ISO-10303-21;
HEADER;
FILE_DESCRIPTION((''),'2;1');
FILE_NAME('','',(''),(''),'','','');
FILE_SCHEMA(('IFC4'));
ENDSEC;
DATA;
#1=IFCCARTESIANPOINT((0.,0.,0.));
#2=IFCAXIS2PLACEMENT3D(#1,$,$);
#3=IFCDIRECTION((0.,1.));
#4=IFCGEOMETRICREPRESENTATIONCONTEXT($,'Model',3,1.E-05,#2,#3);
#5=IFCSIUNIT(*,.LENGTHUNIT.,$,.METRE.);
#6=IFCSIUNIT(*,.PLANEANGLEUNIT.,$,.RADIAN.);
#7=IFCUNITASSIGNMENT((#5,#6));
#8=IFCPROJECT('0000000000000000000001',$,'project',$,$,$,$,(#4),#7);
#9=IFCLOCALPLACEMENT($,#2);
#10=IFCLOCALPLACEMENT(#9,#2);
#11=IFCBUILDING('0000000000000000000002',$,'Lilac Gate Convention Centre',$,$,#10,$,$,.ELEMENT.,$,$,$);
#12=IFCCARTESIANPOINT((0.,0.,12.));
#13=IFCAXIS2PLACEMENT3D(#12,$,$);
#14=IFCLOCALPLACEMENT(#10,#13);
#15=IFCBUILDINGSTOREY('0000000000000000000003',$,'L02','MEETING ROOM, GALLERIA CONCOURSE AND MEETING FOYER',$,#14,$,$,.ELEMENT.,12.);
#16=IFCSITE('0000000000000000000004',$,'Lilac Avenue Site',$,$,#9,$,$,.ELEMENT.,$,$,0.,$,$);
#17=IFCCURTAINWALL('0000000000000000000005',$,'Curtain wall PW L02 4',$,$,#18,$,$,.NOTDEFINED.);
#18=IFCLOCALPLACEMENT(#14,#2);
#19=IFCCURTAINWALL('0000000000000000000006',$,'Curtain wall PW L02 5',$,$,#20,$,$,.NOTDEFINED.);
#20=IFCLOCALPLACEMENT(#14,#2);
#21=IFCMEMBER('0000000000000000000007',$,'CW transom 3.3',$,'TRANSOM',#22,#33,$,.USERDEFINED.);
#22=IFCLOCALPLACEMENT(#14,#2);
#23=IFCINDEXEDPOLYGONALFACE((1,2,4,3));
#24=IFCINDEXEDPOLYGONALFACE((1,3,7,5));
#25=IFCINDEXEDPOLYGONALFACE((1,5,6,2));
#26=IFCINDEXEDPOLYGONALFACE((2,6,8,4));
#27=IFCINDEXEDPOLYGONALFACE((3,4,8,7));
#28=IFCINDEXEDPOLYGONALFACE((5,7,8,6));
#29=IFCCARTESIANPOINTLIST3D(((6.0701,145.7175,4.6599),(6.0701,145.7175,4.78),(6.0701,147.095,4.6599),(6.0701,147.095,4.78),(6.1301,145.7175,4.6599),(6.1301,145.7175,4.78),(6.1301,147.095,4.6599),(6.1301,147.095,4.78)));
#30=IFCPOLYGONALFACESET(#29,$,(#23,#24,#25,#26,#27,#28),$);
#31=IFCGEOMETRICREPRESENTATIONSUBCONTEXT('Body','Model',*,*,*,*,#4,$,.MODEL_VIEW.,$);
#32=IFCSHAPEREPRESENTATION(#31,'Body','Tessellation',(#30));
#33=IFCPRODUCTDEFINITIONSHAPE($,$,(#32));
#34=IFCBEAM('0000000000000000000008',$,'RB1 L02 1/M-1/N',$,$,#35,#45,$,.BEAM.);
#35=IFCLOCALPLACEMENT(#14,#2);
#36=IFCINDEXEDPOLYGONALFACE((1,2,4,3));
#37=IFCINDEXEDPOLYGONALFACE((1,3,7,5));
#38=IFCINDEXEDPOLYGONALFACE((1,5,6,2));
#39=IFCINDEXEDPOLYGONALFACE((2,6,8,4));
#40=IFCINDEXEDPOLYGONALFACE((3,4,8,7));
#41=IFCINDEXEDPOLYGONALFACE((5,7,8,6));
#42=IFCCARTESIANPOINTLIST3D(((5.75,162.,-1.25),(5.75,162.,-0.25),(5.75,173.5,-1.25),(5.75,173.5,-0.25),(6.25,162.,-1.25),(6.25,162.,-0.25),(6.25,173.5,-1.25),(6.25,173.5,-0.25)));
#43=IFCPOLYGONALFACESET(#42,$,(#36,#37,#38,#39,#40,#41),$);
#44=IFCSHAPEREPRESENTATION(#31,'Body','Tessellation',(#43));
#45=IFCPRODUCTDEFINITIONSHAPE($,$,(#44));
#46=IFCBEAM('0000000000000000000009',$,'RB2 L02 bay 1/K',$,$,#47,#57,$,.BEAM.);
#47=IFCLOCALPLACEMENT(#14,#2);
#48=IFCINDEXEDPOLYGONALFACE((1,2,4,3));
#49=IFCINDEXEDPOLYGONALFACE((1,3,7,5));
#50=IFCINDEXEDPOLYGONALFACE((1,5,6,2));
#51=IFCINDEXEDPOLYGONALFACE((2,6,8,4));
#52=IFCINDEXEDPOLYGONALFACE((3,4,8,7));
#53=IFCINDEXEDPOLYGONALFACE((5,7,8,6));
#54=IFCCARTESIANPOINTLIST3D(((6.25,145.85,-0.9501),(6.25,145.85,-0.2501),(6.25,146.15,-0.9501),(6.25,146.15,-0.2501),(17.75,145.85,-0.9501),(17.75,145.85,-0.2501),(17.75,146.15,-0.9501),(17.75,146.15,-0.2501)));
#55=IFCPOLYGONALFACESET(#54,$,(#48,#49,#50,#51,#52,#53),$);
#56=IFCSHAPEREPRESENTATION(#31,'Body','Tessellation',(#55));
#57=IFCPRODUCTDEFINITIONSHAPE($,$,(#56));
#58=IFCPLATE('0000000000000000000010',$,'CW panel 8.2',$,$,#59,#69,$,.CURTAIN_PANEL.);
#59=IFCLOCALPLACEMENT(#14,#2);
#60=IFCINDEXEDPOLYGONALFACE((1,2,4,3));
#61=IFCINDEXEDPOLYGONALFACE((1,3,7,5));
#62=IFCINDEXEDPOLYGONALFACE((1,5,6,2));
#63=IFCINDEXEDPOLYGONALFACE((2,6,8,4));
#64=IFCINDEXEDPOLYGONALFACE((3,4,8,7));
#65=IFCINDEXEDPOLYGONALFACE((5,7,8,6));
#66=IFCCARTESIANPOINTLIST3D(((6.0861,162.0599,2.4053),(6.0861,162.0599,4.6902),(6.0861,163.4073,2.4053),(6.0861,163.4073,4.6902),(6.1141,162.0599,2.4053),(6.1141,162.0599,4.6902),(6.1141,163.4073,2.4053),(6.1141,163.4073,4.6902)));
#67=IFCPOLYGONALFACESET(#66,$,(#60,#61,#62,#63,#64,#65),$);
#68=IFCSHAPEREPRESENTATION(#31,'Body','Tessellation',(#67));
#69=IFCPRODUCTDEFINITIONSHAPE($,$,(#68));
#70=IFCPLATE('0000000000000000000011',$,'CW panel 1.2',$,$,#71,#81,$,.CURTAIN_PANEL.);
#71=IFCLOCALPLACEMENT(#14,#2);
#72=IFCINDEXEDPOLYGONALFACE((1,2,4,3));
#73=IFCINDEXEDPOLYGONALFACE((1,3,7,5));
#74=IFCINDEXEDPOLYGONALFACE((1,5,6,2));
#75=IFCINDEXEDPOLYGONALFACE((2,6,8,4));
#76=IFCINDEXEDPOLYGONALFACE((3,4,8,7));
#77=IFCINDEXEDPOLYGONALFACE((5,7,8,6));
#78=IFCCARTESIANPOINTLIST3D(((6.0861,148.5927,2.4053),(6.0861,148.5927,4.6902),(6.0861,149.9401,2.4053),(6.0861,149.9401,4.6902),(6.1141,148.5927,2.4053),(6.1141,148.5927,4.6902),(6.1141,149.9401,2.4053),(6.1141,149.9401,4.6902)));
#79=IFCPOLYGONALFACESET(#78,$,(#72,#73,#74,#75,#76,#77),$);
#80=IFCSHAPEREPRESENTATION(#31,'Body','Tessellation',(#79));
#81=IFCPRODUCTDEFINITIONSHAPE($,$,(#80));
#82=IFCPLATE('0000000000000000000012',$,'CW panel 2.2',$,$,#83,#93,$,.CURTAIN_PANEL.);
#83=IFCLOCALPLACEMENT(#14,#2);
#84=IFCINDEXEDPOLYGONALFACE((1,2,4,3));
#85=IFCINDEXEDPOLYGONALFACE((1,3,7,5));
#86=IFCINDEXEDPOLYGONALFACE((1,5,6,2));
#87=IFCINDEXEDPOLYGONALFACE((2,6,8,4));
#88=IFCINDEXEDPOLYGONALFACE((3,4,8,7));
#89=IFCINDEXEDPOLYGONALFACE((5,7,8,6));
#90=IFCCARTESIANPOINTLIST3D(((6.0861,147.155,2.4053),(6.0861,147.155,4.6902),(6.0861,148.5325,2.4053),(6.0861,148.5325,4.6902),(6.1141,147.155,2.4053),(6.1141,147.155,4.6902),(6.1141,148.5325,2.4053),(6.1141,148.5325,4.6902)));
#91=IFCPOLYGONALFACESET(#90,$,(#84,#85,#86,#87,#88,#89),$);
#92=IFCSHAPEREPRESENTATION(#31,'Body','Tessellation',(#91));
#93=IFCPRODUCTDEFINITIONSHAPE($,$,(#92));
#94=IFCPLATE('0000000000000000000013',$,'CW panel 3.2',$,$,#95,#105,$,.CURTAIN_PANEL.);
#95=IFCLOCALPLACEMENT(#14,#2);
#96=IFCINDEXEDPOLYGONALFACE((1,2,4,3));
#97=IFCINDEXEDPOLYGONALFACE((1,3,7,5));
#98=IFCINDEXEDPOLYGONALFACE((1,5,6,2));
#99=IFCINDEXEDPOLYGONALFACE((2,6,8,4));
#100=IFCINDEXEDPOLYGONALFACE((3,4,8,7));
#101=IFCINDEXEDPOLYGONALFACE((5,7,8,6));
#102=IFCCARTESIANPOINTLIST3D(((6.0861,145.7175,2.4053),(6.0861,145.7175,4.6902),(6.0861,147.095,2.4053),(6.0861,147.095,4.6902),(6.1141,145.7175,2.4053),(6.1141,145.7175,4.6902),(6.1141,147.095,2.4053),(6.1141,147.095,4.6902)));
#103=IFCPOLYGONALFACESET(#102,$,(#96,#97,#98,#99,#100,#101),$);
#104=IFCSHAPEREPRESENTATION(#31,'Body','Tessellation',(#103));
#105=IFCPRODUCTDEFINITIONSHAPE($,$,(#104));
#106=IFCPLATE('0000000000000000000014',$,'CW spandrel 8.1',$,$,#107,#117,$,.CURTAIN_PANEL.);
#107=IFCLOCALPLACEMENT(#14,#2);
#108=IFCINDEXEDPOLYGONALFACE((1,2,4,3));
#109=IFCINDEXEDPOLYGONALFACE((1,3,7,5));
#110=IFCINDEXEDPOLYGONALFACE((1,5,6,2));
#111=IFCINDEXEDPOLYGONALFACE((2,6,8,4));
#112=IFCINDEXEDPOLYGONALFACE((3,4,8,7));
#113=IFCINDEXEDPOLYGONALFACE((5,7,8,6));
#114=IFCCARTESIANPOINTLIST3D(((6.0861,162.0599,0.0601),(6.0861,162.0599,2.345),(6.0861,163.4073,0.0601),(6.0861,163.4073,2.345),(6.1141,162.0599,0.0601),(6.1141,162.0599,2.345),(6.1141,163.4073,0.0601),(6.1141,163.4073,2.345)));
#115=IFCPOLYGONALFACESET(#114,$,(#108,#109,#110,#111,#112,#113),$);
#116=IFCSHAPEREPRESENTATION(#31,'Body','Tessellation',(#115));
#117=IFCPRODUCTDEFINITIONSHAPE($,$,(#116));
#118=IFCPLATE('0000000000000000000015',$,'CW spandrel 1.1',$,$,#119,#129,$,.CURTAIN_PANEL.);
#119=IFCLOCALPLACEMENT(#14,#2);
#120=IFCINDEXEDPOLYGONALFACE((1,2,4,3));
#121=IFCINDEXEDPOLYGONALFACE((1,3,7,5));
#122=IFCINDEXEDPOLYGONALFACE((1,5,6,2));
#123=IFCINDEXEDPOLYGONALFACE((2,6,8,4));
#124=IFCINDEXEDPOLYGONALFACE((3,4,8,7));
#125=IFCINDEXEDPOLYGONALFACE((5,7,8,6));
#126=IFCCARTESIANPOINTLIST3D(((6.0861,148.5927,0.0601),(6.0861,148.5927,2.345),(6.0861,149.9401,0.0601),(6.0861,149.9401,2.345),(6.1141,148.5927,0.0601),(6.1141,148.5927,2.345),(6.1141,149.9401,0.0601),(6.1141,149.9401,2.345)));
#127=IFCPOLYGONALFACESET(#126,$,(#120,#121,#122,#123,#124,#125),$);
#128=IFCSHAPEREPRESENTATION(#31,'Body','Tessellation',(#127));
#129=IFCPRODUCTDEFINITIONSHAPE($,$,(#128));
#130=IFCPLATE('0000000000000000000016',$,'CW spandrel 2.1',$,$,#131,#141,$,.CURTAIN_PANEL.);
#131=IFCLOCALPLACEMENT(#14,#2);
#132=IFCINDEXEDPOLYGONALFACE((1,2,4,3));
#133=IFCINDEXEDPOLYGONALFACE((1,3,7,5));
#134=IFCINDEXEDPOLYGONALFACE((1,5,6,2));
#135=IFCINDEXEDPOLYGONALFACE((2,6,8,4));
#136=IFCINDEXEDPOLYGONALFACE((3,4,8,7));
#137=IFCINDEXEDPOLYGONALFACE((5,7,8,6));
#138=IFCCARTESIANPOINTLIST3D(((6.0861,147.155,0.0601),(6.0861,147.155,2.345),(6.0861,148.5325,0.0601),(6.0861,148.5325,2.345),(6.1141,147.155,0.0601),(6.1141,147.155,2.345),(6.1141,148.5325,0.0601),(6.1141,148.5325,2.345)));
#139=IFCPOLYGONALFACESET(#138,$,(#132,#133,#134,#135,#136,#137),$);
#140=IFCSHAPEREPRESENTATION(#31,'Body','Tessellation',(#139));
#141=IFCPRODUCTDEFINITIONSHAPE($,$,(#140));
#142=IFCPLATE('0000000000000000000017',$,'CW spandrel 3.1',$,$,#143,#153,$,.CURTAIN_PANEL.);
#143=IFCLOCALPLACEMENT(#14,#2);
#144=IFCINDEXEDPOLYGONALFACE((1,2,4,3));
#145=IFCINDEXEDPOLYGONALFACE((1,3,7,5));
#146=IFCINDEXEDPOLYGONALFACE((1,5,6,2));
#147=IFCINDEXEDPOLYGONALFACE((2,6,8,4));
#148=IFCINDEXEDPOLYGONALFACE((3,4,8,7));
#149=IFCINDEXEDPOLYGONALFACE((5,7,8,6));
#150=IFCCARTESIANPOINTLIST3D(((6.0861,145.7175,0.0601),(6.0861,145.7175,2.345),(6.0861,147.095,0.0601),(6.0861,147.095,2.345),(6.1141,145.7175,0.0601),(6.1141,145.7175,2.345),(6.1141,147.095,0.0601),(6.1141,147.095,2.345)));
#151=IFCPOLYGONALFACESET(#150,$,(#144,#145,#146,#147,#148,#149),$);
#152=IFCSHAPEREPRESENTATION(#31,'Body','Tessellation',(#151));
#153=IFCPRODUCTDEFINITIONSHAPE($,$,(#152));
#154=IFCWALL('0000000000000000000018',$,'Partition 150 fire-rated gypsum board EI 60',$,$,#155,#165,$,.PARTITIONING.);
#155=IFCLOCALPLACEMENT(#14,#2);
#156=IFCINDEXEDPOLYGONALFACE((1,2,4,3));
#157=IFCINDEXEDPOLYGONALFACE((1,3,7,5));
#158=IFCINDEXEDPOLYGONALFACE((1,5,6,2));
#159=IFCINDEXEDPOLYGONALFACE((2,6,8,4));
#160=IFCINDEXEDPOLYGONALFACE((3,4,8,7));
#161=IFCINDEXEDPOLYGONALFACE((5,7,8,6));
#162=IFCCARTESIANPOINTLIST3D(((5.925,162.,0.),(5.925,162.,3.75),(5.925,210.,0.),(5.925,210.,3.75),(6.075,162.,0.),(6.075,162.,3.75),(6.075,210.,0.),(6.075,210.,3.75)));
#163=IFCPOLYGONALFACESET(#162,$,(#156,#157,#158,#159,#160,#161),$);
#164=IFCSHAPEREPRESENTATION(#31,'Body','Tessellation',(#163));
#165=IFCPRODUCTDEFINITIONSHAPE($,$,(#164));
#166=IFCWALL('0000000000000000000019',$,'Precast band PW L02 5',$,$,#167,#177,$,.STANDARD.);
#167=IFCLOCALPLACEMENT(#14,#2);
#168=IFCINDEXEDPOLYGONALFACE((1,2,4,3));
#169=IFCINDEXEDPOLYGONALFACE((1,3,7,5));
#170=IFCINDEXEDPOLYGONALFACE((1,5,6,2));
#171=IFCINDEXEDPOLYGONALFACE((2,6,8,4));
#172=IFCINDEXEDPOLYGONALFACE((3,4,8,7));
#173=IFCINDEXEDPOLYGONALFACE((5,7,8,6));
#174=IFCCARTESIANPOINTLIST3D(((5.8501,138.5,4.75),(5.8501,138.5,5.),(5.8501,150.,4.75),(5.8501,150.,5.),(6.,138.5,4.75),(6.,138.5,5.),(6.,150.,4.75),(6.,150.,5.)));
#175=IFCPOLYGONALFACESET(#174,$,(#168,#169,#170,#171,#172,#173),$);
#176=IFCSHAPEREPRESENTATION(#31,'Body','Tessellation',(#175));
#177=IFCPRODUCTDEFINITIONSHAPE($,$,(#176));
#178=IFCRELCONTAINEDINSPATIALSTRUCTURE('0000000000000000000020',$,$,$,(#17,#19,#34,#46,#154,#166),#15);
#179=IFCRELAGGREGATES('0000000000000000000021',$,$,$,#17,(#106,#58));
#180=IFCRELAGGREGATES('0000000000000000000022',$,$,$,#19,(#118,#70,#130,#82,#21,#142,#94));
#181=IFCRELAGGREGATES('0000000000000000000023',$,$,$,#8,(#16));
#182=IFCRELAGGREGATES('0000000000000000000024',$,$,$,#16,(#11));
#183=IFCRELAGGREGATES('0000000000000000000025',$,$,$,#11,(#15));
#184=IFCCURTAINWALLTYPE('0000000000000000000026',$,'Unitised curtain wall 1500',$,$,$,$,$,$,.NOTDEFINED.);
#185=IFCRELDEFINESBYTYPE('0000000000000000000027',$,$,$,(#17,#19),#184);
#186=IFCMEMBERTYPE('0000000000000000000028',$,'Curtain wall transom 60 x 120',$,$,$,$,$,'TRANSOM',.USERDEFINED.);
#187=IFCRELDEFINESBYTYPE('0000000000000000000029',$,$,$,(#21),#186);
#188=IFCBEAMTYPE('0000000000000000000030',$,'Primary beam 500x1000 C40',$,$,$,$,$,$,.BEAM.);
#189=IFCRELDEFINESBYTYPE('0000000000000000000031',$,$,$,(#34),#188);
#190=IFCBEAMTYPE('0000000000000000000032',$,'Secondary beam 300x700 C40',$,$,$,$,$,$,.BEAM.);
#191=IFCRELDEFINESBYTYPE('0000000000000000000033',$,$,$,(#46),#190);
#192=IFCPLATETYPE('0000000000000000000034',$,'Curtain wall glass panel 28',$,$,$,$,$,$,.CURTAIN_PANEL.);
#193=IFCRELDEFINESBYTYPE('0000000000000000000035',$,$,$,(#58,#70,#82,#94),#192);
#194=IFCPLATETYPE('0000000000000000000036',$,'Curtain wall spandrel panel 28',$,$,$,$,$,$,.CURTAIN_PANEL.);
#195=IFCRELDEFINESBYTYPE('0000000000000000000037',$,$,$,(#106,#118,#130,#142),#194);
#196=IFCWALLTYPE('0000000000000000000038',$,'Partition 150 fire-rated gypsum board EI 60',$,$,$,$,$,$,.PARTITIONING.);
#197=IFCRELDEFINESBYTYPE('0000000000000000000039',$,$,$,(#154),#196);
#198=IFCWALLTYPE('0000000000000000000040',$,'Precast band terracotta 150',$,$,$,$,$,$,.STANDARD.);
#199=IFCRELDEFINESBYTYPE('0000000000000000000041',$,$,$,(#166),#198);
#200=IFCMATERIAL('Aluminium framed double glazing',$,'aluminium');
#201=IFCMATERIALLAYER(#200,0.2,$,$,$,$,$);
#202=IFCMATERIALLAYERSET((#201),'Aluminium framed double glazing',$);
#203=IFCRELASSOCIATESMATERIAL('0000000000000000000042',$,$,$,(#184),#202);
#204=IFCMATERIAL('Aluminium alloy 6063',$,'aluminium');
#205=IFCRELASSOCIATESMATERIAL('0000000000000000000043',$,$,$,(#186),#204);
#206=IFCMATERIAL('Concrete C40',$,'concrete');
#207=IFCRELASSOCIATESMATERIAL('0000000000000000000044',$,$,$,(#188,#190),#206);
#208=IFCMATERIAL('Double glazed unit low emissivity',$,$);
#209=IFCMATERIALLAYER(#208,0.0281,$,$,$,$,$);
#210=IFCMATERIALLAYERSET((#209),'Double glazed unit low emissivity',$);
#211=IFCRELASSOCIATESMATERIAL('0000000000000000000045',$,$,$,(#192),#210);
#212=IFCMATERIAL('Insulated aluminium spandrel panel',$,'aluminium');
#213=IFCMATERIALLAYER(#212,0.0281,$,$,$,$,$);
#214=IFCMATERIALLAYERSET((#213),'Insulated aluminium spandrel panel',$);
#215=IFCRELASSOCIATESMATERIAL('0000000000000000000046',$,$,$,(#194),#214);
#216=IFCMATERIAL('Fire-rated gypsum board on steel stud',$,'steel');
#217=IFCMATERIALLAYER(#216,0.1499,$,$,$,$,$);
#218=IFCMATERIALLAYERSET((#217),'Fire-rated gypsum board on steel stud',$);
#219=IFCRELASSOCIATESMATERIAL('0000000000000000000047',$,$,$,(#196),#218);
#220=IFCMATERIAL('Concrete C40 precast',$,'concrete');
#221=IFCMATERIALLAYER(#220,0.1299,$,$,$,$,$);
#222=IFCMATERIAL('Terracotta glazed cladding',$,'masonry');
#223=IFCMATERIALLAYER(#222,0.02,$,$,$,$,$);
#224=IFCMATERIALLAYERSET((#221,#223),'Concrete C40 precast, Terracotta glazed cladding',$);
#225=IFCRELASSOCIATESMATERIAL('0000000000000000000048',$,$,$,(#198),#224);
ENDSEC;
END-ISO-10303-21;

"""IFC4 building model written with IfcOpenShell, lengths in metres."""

from ifc_helpers import new_model, si_unit, direction, frame, frame_2d, origin, origin_2d, place, context, subcontext, project, spatial, rectangle, extrude, material, layer, layer_set, material_profile, profile_set, type_object, element, aggregate, save


model = new_model("IFC4")

# Units and contexts
model_context = context("Model", 3, precision=1e-05, world=origin(), true_north=direction((0.0, 1.0)))
body_context = subcontext(model_context, "Body", "Model", "MODEL_VIEW")
ifc_project = project(units=[si_unit("LENGTHUNIT", "METRE"), si_unit("PLANEANGLEUNIT", "RADIAN")], contexts=[model_context])

# Site, building, storey
site_placement = place(None, origin())
site = spatial("IfcSite", under=ifc_project, at=site_placement, Name="Lilac Avenue Site", CompositionType="ELEMENT", RefElevation=0.0)
building_placement = place(site_placement, origin())
building = spatial("IfcBuilding", under=site, at=building_placement, Name="Lilac Gate Convention Centre", CompositionType="ELEMENT")
storey_placement = place(building_placement, frame((0.0, 0.0, 12.0)))
storey = spatial("IfcBuildingStorey", under=building, at=storey_placement, Name="L02", Description="MEETING ROOM, GALLERIA CONCOURSE AND MEETING FOYER", CompositionType="ELEMENT", Elevation=12.0)

# Curtain wall
ifc_material_1 = material(Name="Aluminium framed double glazing", Category="aluminium")
ifc_layer_1 = layer(ifc_material_1, 0.2)
ifc_layer_set_1 = layer_set([ifc_layer_1], Name="Aluminium framed double glazing")
curtain_wall_type = type_object("IfcCurtainWallType", Name="Unitised curtain wall 1500", PredefinedType="NOTDEFINED", material=ifc_layer_set_1)
curtain_wall_1_placement = place(storey_placement, origin())
curtain_wall_1 = element("IfcCurtainWall", 1, at=curtain_wall_1_placement, inside=storey, type_object=curtain_wall_type, Name="Curtain wall PW L02 4", PredefinedType="NOTDEFINED")
ifc_material_2 = material(Name="Aluminium alloy 6063", Category="aluminium")

# Curtain wall
curtain_wall_2_placement = place(storey_placement, origin())
curtain_wall_2 = element("IfcCurtainWall", 2, at=curtain_wall_2_placement, inside=storey, type_object=curtain_wall_type, Name="Curtain wall PW L02 5", PredefinedType="NOTDEFINED")

# Member
ifc_material_profile_1 = material_profile(ifc_material_2, rectangle(XDim=0.0601, YDim=0.1201, at=origin_2d()), Name="Curtain wall transom 60 x 120")
ifc_profile_set_1 = profile_set([ifc_material_profile_1], Name="Aluminium alloy 6063")
member_type_1 = type_object("IfcMemberType", Name="Curtain wall transom 60 x 120", ElementType="TRANSOM", PredefinedType="USERDEFINED", material=ifc_profile_set_1)
member_1_placement = place(storey_placement, frame((6.1001, 147.095, 4.72), z_axis=(0.0, -1.0, 0.0), x_axis=(1.0, 0.0, 0.0)))
member_1 = element("IfcMember", 3, at=member_1_placement, type_object=member_type_1, Name="CW transom 3.3", ObjectType="TRANSOM", PredefinedType="USERDEFINED", context=body_context, shape_type="SweptSolid", body=[
    extrude(rectangle(XDim=0.0601, YDim=0.1201, at=origin_2d()), origin(), (0.0, 0.0, 1.0), 1.3774),
])

# Beams
ifc_material_3 = material(Name="Concrete C40", Category="concrete")
ifc_material_profile_2 = material_profile(ifc_material_3, rectangle(XDim=0.5, YDim=1.0, at=origin_2d()), Name="RC 500x1000")
ifc_profile_set_2 = profile_set([ifc_material_profile_2], Name="Concrete C40")
beam_type_1 = type_object("IfcBeamType", Name="Primary beam 500x1000 C40", PredefinedType="BEAM", material=ifc_profile_set_2)
beam_1_placement = place(storey_placement, frame((6.0, 162.0, -0.75), z_axis=(0.0, 1.0, 0.0), x_axis=(-1.0, 0.0, 0.0)))
element("IfcBeam", 4, at=beam_1_placement, inside=storey, type_object=beam_type_1, Name="RB1 L02 1/M-1/N", PredefinedType="BEAM", context=body_context, shape_type="SweptSolid", body=[
    extrude(rectangle(XDim=0.5, YDim=1.0, at=origin_2d()), origin(), (0.0, 0.0, 1.0), 11.5),
])
ifc_material_profile_3 = material_profile(ifc_material_3, rectangle(XDim=0.3, YDim=0.7, at=origin_2d()), Name="RC 300x700")
ifc_profile_set_3 = profile_set([ifc_material_profile_3], Name="Concrete C40")
beam_type_2 = type_object("IfcBeamType", Name="Secondary beam 300x700 C40", PredefinedType="BEAM", material=ifc_profile_set_3)
beam_2_placement = place(storey_placement, frame((6.25, 146.0, -0.6001), z_axis=(1.0, 0.0, 0.0), x_axis=(0.0, 1.0, 0.0)))
element("IfcBeam", 5, at=beam_2_placement, inside=storey, type_object=beam_type_2, Name="RB2 L02 bay 1/K", PredefinedType="BEAM", context=body_context, shape_type="SweptSolid", body=[
    extrude(rectangle(XDim=0.3, YDim=0.7, at=origin_2d()), origin(), (0.0, 0.0, 1.0), 11.5),
])

# Plates
ifc_material_4 = material(Name="Double glazed unit low emissivity")
ifc_layer_2 = layer(ifc_material_4, 0.0281)
ifc_layer_set_2 = layer_set([ifc_layer_2], Name="Double glazed unit low emissivity")
plate_type_1 = type_object("IfcPlateType", Name="Curtain wall glass panel 28", PredefinedType="CURTAIN_PANEL", material=ifc_layer_set_2)
plate_1_placement = place(storey_placement, frame((6.1001, 162.7336, 2.4053), z_axis=(0.0, 0.0, 1.0), x_axis=(0.0, -1.0, 0.0)))
plate_1 = element("IfcPlate", 6, at=plate_1_placement, type_object=plate_type_1, Name="CW panel 8.2", PredefinedType="CURTAIN_PANEL", context=body_context, shape_type="SweptSolid", body=[
    extrude(rectangle(XDim=1.3474, YDim=0.0281, at=origin_2d()), origin(), (0.0, 0.0, 1.0), 2.2849),
])
plate_2_placement = place(storey_placement, frame((6.1001, 149.2664, 2.4053), z_axis=(0.0, 0.0, 1.0), x_axis=(0.0, -1.0, 0.0)))
plate_2 = element("IfcPlate", 7, at=plate_2_placement, type_object=plate_type_1, Name="CW panel 1.2", PredefinedType="CURTAIN_PANEL", context=body_context, shape_type="SweptSolid", body=[
    extrude(rectangle(XDim=1.3474, YDim=0.0281, at=origin_2d()), origin(), (0.0, 0.0, 1.0), 2.2849),
])
plate_3_placement = place(storey_placement, frame((6.1001, 147.8438, 2.4053), z_axis=(0.0, 0.0, 1.0), x_axis=(0.0, -1.0, 0.0)))
plate_3 = element("IfcPlate", 8, at=plate_3_placement, type_object=plate_type_1, Name="CW panel 2.2", PredefinedType="CURTAIN_PANEL", context=body_context, shape_type="SweptSolid", body=[
    extrude(rectangle(XDim=1.3774, YDim=0.0281, at=origin_2d()), origin(), (0.0, 0.0, 1.0), 2.2849),
])
plate_4_placement = place(storey_placement, frame((6.1001, 146.4062, 2.4053), z_axis=(0.0, 0.0, 1.0), x_axis=(0.0, -1.0, 0.0)))
plate_4 = element("IfcPlate", 9, at=plate_4_placement, type_object=plate_type_1, Name="CW panel 3.2", PredefinedType="CURTAIN_PANEL", context=body_context, shape_type="SweptSolid", body=[
    extrude(rectangle(XDim=1.3774, YDim=0.0281, at=origin_2d()), origin(), (0.0, 0.0, 1.0), 2.2849),
])
ifc_material_5 = material(Name="Insulated aluminium spandrel panel", Category="aluminium")
ifc_layer_3 = layer(ifc_material_5, 0.0281)
ifc_layer_set_3 = layer_set([ifc_layer_3], Name="Insulated aluminium spandrel panel")
plate_type_2 = type_object("IfcPlateType", Name="Curtain wall spandrel panel 28", PredefinedType="CURTAIN_PANEL", material=ifc_layer_set_3)
plate_5_placement = place(storey_placement, frame((6.1001, 162.7336, 0.0601), z_axis=(0.0, 0.0, 1.0), x_axis=(0.0, -1.0, 0.0)))
plate_5 = element("IfcPlate", 10, at=plate_5_placement, type_object=plate_type_2, Name="CW spandrel 8.1", PredefinedType="CURTAIN_PANEL", context=body_context, shape_type="SweptSolid", body=[
    extrude(rectangle(XDim=1.3474, YDim=0.0281, at=origin_2d()), origin(), (0.0, 0.0, 1.0), 2.2849),
])
aggregate(curtain_wall_1, [plate_5, plate_1])
plate_6_placement = place(storey_placement, frame((6.1001, 149.2664, 0.0601), z_axis=(0.0, 0.0, 1.0), x_axis=(0.0, -1.0, 0.0)))
plate_6 = element("IfcPlate", 11, at=plate_6_placement, type_object=plate_type_2, Name="CW spandrel 1.1", PredefinedType="CURTAIN_PANEL", context=body_context, shape_type="SweptSolid", body=[
    extrude(rectangle(XDim=1.3474, YDim=0.0281, at=origin_2d()), origin(), (0.0, 0.0, 1.0), 2.2849),
])
plate_7_placement = place(storey_placement, frame((6.1001, 147.8438, 0.0601), z_axis=(0.0, 0.0, 1.0), x_axis=(0.0, -1.0, 0.0)))
plate_7 = element("IfcPlate", 12, at=plate_7_placement, type_object=plate_type_2, Name="CW spandrel 2.1", PredefinedType="CURTAIN_PANEL", context=body_context, shape_type="SweptSolid", body=[
    extrude(rectangle(XDim=1.3774, YDim=0.0281, at=origin_2d()), origin(), (0.0, 0.0, 1.0), 2.2849),
])
plate_8_placement = place(storey_placement, frame((6.1001, 146.4062, 0.0601), z_axis=(0.0, 0.0, 1.0), x_axis=(0.0, -1.0, 0.0)))
plate_8 = element("IfcPlate", 13, at=plate_8_placement, type_object=plate_type_2, Name="CW spandrel 3.1", PredefinedType="CURTAIN_PANEL", context=body_context, shape_type="SweptSolid", body=[
    extrude(rectangle(XDim=1.3774, YDim=0.0281, at=origin_2d()), origin(), (0.0, 0.0, 1.0), 2.2849),
])
aggregate(curtain_wall_2, [plate_6, plate_2, plate_7, plate_3, member_1, plate_8, plate_4])

# Walls
ifc_material_6 = material(Name="Fire-rated gypsum board on steel stud", Category="steel")
ifc_layer_4 = layer(ifc_material_6, 0.1499)
ifc_layer_set_4 = layer_set([ifc_layer_4], Name="Fire-rated gypsum board on steel stud")
wall_type_1 = type_object("IfcWallType", Name="Partition 150 fire-rated gypsum board EI 60", PredefinedType="PARTITIONING", material=ifc_layer_set_4)
wall_1_placement = place(storey_placement, frame((6.0, 162.0, 0.0), z_axis=(0.0, 0.0, 1.0), x_axis=(0.0, 1.0, 0.0)))
element("IfcWall", 14, at=wall_1_placement, inside=storey, type_object=wall_type_1, Name="Partition 150 fire-rated gypsum board EI 60", PredefinedType="PARTITIONING", context=body_context, shape_type="SweptSolid", body=[
    extrude(rectangle(XDim=48.0, YDim=0.1499, at=frame_2d((24.0, 0.0))), origin(), (0.0, 0.0, 1.0), 3.75),
])
ifc_material_7 = material(Name="Concrete C40 precast", Category="concrete")
ifc_layer_5 = layer(ifc_material_7, 0.1299)
ifc_material_8 = material(Name="Terracotta glazed cladding", Category="masonry")
ifc_layer_6 = layer(ifc_material_8, 0.02)
ifc_layer_set_5 = layer_set([ifc_layer_5, ifc_layer_6], Name="Concrete C40 precast, Terracotta glazed cladding")
wall_type_2 = type_object("IfcWallType", Name="Precast band terracotta 150", PredefinedType="STANDARD", material=ifc_layer_set_5)
wall_2_placement = place(storey_placement, frame((5.925, 150.0, 4.75), z_axis=(0.0, 0.0, 1.0), x_axis=(0.0, -1.0, 0.0)))
element("IfcWall", 15, at=wall_2_placement, inside=storey, type_object=wall_type_2, Name="Precast band PW L02 5", PredefinedType="STANDARD", context=body_context, shape_type="SweptSolid", body=[
    extrude(rectangle(XDim=11.5, YDim=0.1499, at=frame_2d((5.75, 0.0))), origin(), (0.0, 0.0, 1.0), 0.25),
])

save(model, "model.ifc")
